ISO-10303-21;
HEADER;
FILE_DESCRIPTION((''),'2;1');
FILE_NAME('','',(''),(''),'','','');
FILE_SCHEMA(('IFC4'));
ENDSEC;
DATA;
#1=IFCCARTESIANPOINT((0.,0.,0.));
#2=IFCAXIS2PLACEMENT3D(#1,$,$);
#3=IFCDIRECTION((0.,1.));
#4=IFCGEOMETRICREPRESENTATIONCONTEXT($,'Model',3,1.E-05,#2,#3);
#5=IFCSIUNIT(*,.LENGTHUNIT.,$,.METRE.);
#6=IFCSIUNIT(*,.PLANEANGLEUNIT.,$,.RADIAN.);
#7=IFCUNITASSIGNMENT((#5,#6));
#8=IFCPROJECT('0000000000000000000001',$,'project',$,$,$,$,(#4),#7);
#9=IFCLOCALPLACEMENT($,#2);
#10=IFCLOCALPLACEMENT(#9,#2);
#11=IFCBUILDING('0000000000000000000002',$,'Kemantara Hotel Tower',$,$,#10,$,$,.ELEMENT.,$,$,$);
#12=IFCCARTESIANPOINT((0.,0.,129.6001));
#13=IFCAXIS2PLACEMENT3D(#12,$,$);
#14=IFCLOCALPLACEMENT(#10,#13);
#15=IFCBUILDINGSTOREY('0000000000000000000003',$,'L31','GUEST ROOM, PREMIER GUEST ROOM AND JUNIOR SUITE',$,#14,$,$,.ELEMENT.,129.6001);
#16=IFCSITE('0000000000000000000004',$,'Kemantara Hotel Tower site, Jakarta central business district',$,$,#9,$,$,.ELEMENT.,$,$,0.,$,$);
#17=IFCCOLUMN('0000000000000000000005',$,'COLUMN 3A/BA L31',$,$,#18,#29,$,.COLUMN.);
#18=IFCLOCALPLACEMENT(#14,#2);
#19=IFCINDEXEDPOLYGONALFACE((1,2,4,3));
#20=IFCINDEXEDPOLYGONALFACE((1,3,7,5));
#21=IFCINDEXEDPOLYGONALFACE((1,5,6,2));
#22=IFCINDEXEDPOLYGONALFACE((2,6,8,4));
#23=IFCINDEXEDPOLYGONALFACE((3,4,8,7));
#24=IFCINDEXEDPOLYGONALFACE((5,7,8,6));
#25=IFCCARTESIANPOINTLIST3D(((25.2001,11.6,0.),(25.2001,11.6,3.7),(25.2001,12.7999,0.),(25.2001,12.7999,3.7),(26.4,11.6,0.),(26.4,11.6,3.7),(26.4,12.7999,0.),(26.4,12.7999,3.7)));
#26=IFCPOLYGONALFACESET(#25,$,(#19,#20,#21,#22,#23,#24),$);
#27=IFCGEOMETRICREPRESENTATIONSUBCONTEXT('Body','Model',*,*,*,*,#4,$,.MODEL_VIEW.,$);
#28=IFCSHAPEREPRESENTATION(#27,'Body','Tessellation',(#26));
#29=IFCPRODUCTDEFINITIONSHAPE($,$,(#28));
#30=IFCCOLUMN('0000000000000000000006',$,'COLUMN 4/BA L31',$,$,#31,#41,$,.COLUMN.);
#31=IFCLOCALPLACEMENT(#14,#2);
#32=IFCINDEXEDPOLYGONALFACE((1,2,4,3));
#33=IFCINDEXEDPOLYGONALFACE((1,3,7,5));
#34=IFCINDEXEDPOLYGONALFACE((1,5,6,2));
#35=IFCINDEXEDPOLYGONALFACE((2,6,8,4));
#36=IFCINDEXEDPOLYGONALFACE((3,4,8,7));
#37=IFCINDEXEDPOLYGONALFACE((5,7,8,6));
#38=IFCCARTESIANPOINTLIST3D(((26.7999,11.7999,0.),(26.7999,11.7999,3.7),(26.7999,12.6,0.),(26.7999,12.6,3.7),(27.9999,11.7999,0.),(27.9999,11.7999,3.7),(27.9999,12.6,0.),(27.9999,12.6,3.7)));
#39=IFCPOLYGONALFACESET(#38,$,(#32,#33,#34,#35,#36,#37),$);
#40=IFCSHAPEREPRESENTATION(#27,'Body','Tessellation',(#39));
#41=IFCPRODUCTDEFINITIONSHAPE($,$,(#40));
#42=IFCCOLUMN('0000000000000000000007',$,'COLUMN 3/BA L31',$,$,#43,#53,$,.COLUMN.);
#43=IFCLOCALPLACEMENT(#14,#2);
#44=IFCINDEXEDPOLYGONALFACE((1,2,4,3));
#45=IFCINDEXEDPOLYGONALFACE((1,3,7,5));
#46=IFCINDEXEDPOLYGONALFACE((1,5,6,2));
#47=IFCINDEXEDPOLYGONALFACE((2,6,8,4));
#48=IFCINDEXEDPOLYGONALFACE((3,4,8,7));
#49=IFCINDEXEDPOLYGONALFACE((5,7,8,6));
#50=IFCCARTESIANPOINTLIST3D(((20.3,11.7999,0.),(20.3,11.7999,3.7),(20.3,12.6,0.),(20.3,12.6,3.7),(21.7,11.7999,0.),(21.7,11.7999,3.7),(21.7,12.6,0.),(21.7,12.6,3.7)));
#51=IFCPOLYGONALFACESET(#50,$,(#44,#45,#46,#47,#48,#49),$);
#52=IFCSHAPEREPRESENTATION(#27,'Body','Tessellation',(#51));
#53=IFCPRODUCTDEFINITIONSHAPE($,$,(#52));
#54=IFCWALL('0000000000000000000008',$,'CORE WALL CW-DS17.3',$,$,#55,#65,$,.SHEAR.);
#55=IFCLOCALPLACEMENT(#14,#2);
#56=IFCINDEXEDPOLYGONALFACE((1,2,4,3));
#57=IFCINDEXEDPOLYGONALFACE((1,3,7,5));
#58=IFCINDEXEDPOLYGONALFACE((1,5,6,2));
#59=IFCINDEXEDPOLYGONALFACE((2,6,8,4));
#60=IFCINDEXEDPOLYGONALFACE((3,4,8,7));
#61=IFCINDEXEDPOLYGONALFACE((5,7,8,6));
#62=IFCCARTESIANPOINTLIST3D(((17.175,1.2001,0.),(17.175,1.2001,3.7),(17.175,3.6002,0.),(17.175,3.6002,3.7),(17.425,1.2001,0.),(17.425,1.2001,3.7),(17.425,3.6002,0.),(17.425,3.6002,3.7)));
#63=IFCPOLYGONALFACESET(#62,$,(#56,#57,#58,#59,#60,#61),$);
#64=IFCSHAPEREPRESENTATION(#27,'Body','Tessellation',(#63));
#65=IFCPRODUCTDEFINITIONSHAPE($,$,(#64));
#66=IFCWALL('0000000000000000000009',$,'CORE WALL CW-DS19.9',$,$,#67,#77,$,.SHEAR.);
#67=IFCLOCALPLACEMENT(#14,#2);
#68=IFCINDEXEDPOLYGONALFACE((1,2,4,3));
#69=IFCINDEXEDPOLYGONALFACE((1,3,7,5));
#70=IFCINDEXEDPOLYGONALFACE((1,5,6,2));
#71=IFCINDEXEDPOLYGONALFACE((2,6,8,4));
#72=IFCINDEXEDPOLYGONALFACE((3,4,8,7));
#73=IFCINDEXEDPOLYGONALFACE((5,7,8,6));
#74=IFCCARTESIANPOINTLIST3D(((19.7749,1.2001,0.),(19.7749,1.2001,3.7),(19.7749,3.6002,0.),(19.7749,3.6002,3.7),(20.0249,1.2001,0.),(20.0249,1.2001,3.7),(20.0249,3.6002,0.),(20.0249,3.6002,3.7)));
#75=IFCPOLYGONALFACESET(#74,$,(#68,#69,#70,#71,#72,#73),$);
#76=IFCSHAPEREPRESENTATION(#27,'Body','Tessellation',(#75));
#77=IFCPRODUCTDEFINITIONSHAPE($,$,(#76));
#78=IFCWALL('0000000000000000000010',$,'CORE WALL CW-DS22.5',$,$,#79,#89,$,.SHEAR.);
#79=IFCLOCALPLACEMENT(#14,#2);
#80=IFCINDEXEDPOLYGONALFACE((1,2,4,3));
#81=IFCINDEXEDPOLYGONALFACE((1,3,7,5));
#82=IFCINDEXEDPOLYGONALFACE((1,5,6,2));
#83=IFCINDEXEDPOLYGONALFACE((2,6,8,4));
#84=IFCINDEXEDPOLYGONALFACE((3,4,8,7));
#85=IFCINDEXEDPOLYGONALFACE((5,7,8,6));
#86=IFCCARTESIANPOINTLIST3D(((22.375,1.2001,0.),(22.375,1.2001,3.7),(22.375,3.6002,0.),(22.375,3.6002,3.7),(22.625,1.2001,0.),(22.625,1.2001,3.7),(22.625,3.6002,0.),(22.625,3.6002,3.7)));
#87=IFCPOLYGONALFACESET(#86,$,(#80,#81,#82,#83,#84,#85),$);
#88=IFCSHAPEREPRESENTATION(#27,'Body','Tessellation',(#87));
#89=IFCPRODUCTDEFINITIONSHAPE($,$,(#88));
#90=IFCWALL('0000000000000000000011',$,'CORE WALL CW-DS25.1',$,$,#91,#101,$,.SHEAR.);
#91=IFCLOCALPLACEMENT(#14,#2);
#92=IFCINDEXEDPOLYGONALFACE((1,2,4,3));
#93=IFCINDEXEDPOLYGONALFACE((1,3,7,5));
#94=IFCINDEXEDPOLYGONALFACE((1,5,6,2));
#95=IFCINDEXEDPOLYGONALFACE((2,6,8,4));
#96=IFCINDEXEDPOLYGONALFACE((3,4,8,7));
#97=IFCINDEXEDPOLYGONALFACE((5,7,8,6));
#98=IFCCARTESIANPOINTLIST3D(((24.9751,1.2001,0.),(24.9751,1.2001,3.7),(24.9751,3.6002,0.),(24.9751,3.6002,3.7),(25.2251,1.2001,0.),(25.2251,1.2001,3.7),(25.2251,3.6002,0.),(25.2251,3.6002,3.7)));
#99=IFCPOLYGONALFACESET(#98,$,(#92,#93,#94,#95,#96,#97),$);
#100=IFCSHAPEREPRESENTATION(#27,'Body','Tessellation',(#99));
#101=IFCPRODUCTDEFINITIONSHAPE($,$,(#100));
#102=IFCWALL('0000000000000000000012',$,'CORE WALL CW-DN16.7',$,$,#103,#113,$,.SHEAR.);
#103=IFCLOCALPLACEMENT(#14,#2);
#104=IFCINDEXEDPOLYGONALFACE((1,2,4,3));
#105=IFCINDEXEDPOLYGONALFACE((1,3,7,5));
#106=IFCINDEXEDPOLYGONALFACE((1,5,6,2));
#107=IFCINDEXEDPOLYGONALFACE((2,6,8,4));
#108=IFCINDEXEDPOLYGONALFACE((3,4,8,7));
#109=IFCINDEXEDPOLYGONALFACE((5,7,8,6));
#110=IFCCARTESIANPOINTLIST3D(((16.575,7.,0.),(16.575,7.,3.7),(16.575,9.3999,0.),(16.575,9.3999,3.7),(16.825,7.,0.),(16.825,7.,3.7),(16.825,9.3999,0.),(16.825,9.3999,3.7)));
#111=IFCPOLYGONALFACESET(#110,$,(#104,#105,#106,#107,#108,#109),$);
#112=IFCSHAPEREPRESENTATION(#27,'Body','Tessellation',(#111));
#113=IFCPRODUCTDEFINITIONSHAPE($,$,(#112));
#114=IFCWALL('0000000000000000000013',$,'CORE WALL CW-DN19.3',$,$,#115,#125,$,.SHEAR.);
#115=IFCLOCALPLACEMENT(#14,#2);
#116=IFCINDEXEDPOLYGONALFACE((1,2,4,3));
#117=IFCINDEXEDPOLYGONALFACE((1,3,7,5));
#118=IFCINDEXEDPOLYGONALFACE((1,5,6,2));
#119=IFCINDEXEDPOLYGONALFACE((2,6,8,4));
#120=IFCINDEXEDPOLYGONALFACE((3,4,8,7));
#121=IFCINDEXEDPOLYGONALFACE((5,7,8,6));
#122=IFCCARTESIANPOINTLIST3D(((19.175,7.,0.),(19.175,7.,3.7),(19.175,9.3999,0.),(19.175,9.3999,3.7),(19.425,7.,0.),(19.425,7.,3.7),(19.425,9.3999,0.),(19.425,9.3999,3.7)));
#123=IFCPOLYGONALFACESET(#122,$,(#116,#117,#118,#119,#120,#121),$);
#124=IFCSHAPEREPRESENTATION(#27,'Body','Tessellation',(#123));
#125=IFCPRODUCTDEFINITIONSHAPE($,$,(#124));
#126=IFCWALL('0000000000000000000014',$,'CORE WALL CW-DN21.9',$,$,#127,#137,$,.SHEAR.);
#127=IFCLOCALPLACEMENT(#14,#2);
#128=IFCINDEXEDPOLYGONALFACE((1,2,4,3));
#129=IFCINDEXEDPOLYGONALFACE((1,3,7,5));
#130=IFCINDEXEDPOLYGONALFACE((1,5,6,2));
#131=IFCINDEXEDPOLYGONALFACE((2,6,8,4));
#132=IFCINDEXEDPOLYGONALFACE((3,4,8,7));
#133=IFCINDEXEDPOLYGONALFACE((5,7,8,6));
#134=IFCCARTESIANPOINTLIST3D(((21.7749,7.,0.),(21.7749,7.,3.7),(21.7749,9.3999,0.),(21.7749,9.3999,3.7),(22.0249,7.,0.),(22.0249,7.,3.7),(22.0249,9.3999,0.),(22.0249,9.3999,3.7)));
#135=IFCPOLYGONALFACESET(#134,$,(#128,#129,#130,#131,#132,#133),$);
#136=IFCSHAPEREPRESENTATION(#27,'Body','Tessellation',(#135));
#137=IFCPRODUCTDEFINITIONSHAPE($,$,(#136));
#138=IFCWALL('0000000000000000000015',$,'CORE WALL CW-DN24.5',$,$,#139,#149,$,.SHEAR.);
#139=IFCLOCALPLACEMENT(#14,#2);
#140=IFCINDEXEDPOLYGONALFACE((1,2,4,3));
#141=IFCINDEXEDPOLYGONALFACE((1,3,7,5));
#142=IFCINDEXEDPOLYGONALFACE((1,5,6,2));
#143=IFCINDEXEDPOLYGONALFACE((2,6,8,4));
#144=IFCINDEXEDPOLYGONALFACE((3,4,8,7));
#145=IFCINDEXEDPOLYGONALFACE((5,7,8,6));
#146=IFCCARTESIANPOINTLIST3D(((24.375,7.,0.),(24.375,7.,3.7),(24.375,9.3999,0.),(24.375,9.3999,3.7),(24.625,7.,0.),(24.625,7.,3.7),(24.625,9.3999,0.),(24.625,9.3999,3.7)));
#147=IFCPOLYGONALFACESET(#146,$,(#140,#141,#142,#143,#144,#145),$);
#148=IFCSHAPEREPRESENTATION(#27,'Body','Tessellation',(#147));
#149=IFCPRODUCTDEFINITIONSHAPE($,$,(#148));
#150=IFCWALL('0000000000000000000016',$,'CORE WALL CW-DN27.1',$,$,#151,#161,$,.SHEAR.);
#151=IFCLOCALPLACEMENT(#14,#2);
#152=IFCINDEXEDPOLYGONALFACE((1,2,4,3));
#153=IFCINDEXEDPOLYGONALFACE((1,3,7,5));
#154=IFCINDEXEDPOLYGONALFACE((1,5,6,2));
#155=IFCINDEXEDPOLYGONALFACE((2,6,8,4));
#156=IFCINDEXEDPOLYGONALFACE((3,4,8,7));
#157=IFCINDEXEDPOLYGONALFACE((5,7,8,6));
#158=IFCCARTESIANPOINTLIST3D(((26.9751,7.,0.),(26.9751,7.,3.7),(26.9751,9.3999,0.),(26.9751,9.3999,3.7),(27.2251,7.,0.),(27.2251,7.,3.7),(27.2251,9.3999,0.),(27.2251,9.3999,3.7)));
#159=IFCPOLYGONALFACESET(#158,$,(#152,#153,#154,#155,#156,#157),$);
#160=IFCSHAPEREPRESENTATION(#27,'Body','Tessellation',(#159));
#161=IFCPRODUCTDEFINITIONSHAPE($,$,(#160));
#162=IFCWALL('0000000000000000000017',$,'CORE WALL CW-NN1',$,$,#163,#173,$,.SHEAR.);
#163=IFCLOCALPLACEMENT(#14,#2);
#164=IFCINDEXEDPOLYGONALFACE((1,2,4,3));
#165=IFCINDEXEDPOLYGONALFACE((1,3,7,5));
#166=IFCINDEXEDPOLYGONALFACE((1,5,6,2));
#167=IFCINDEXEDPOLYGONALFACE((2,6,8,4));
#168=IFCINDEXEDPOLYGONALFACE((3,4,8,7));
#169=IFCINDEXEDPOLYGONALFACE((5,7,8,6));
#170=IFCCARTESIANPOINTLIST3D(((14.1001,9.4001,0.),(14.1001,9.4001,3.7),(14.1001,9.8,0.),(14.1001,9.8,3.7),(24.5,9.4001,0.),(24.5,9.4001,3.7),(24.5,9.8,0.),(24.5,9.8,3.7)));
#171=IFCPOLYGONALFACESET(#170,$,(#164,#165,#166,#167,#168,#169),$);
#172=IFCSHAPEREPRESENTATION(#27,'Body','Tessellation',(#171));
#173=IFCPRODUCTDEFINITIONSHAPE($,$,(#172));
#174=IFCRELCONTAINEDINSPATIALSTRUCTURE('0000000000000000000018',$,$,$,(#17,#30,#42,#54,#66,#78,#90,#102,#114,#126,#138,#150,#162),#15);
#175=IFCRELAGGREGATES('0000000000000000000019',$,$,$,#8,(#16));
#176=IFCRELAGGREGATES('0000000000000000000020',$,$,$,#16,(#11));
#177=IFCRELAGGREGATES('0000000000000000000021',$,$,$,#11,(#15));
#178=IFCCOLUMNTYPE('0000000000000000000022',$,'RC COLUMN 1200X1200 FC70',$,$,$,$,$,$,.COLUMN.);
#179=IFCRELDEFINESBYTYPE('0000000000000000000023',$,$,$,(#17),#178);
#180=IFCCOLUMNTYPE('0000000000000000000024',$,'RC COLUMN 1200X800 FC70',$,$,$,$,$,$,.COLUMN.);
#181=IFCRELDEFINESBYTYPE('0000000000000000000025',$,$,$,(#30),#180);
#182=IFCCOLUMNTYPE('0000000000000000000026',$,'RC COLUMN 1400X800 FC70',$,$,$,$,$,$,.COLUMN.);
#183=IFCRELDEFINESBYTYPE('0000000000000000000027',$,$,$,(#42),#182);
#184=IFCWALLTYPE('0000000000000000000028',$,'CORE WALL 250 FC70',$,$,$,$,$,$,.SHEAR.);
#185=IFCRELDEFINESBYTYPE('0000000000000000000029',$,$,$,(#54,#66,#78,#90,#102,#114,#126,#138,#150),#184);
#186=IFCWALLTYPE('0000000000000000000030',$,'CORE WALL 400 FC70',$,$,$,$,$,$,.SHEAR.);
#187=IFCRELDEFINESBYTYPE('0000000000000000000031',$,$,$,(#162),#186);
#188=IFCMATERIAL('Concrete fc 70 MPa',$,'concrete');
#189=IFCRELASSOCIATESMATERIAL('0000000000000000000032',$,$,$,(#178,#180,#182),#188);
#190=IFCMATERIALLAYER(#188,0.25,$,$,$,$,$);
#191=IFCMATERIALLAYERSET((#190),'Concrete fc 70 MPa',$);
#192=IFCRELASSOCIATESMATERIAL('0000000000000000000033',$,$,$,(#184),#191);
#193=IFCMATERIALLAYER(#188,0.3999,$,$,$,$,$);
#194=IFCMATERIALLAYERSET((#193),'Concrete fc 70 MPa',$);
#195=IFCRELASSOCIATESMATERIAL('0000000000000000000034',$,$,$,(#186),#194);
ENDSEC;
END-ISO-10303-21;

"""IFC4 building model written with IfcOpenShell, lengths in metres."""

from ifc_helpers import new_model, si_unit, direction, frame, frame_2d, origin, origin_2d, place, context, subcontext, project, spatial, rectangle, extrude, material, layer, layer_set, material_profile, profile_set, type_object, element, save


model = new_model("IFC4")

# Units and contexts
model_context = context("Model", 3, precision=1e-05, world=origin(), true_north=direction((0.0, 1.0)))
body_context = subcontext(model_context, "Body", "Model", "MODEL_VIEW")
ifc_project = project(units=[si_unit("LENGTHUNIT", "METRE"), si_unit("PLANEANGLEUNIT", "RADIAN")], contexts=[model_context])

# Site, building, storey
site_placement = place(None, origin())
site = spatial("IfcSite", under=ifc_project, at=site_placement, Name="Kemantara Hotel Tower site, Jakarta central business district", CompositionType="ELEMENT", RefElevation=0.0)
building_placement = place(site_placement, origin())
building = spatial("IfcBuilding", under=site, at=building_placement, Name="Kemantara Hotel Tower", CompositionType="ELEMENT")
storey_placement = place(building_placement, frame((0.0, 0.0, 129.6001)))
storey = spatial("IfcBuildingStorey", under=building, at=storey_placement, Name="L31", Description="GUEST ROOM, PREMIER GUEST ROOM AND JUNIOR SUITE", CompositionType="ELEMENT", Elevation=129.6001)

# Columns
ifc_material_1 = material(Name="Concrete fc 70 MPa", Category="concrete")
ifc_material_profile_1 = material_profile(ifc_material_1, rectangle(XDim=1.2, YDim=1.2, at=origin_2d()), Name="RC 1200X1200")
ifc_profile_set_1 = profile_set([ifc_material_profile_1], Name="Concrete fc 70 MPa")
column_type_1 = type_object("IfcColumnType", Name="RC COLUMN 1200X1200 FC70", PredefinedType="COLUMN", material=ifc_profile_set_1)
column_1_placement = place(storey_placement, frame((25.8, 12.2, 0.0), z_axis=(0.0, 0.0, 1.0), x_axis=(1.0, 0.0, 0.0)))
element("IfcColumn", 1, at=column_1_placement, inside=storey, type_object=column_type_1, Name="COLUMN 3A/BA L31", PredefinedType="COLUMN", context=body_context, shape_type="SweptSolid", body=[
    extrude(rectangle(XDim=1.2, YDim=1.2, at=origin_2d()), origin(), (0.0, 0.0, 1.0), 3.7),
])
ifc_material_profile_2 = material_profile(ifc_material_1, rectangle(XDim=1.2, YDim=0.8, at=origin_2d()), Name="RC 1200X800")
ifc_profile_set_2 = profile_set([ifc_material_profile_2], Name="Concrete fc 70 MPa")
column_type_2 = type_object("IfcColumnType", Name="RC COLUMN 1200X800 FC70", PredefinedType="COLUMN", material=ifc_profile_set_2)
column_2_placement = place(storey_placement, frame((27.3999, 12.2, 0.0), z_axis=(0.0, 0.0, 1.0), x_axis=(1.0, 0.0, 0.0)))
element("IfcColumn", 2, at=column_2_placement, inside=storey, type_object=column_type_2, Name="COLUMN 4/BA L31", PredefinedType="COLUMN", context=body_context, shape_type="SweptSolid", body=[
    extrude(rectangle(XDim=1.2, YDim=0.8, at=origin_2d()), origin(), (0.0, 0.0, 1.0), 3.7),
])
ifc_material_profile_3 = material_profile(ifc_material_1, rectangle(XDim=1.3999, YDim=0.8, at=origin_2d()), Name="RC 1400X800")
ifc_profile_set_3 = profile_set([ifc_material_profile_3], Name="Concrete fc 70 MPa")
column_type_3 = type_object("IfcColumnType", Name="RC COLUMN 1400X800 FC70", PredefinedType="COLUMN", material=ifc_profile_set_3)
column_3_placement = place(storey_placement, frame((21.0, 12.2, 0.0), z_axis=(0.0, 0.0, 1.0), x_axis=(1.0, 0.0, 0.0)))
element("IfcColumn", 3, at=column_3_placement, inside=storey, type_object=column_type_3, Name="COLUMN 3/BA L31", PredefinedType="COLUMN", context=body_context, shape_type="SweptSolid", body=[
    extrude(rectangle(XDim=1.3999, YDim=0.8, at=origin_2d()), origin(), (0.0, 0.0, 1.0), 3.7),
])

# Walls
ifc_layer_1 = layer(ifc_material_1, 0.25)
ifc_layer_set_1 = layer_set([ifc_layer_1], Name="Concrete fc 70 MPa")
wall_type_1 = type_object("IfcWallType", Name="CORE WALL 250 FC70", PredefinedType="SHEAR", material=ifc_layer_set_1)
for number, where, z_axis, x_axis, name in (
    (4, (17.3, 1.2, 0.0), (0.0, 0.0, 1.0), (0.0, 1.0, 0.0), "CORE WALL CW-DS17.3"),
    (5, (19.8999, 1.2, 0.0), (0.0, 0.0, 1.0), (0.0, 1.0, 0.0), "CORE WALL CW-DS19.9"),
    (6, (22.5, 1.2, 0.0), (0.0, 0.0, 1.0), (0.0, 1.0, 0.0), "CORE WALL CW-DS22.5"),
    (7, (25.1001, 1.2, 0.0), (0.0, 0.0, 1.0), (0.0, 1.0, 0.0), "CORE WALL CW-DS25.1"),
):
    element("IfcWall", number, at=place(storey_placement, frame(where, z_axis=z_axis, x_axis=x_axis)), inside=storey, type_object=wall_type_1, Name=name, PredefinedType="SHEAR", context=body_context, shape_type="SweptSolid", body=[
        extrude(rectangle(XDim=2.4001, YDim=0.25, at=frame_2d((1.2002, 0.0))), origin(), (0.0, 0.0, 1.0), 3.7),
    ])
for number, where, z_axis, x_axis, name in (
    (8, (16.7, 7.0, 0.0), (0.0, 0.0, 1.0), (0.0, 1.0, 0.0), "CORE WALL CW-DN16.7"),
    (9, (19.3, 7.0, 0.0), (0.0, 0.0, 1.0), (0.0, 1.0, 0.0), "CORE WALL CW-DN19.3"),
    (10, (21.8999, 7.0, 0.0), (0.0, 0.0, 1.0), (0.0, 1.0, 0.0), "CORE WALL CW-DN21.9"),
    (11, (24.5, 7.0, 0.0), (0.0, 0.0, 1.0), (0.0, 1.0, 0.0), "CORE WALL CW-DN24.5"),
    (12, (27.1001, 7.0, 0.0), (0.0, 0.0, 1.0), (0.0, 1.0, 0.0), "CORE WALL CW-DN27.1"),
):
    element("IfcWall", number, at=place(storey_placement, frame(where, z_axis=z_axis, x_axis=x_axis)), inside=storey, type_object=wall_type_1, Name=name, PredefinedType="SHEAR", context=body_context, shape_type="SweptSolid", body=[
        extrude(rectangle(XDim=2.3999, YDim=0.25, at=frame_2d((1.2, 0.0))), origin(), (0.0, 0.0, 1.0), 3.7),
    ])
ifc_layer_2 = layer(ifc_material_1, 0.3999)
ifc_layer_set_2 = layer_set([ifc_layer_2], Name="Concrete fc 70 MPa")
wall_type_2 = type_object("IfcWallType", Name="CORE WALL 400 FC70", PredefinedType="SHEAR", material=ifc_layer_set_2)
wall_1_placement = place(storey_placement, frame((14.1001, 9.6001, 0.0), z_axis=(0.0, 0.0, 1.0), x_axis=(1.0, 0.0, 0.0)))
element("IfcWall", 13, at=wall_1_placement, inside=storey, type_object=wall_type_2, Name="CORE WALL CW-NN1", PredefinedType="SHEAR", context=body_context, shape_type="SweptSolid", body=[
    extrude(rectangle(XDim=10.3999, YDim=0.3999, at=frame_2d((5.2, 0.0))), origin(), (0.0, 0.0, 1.0), 3.7),
])

save(model, "model.ifc")
